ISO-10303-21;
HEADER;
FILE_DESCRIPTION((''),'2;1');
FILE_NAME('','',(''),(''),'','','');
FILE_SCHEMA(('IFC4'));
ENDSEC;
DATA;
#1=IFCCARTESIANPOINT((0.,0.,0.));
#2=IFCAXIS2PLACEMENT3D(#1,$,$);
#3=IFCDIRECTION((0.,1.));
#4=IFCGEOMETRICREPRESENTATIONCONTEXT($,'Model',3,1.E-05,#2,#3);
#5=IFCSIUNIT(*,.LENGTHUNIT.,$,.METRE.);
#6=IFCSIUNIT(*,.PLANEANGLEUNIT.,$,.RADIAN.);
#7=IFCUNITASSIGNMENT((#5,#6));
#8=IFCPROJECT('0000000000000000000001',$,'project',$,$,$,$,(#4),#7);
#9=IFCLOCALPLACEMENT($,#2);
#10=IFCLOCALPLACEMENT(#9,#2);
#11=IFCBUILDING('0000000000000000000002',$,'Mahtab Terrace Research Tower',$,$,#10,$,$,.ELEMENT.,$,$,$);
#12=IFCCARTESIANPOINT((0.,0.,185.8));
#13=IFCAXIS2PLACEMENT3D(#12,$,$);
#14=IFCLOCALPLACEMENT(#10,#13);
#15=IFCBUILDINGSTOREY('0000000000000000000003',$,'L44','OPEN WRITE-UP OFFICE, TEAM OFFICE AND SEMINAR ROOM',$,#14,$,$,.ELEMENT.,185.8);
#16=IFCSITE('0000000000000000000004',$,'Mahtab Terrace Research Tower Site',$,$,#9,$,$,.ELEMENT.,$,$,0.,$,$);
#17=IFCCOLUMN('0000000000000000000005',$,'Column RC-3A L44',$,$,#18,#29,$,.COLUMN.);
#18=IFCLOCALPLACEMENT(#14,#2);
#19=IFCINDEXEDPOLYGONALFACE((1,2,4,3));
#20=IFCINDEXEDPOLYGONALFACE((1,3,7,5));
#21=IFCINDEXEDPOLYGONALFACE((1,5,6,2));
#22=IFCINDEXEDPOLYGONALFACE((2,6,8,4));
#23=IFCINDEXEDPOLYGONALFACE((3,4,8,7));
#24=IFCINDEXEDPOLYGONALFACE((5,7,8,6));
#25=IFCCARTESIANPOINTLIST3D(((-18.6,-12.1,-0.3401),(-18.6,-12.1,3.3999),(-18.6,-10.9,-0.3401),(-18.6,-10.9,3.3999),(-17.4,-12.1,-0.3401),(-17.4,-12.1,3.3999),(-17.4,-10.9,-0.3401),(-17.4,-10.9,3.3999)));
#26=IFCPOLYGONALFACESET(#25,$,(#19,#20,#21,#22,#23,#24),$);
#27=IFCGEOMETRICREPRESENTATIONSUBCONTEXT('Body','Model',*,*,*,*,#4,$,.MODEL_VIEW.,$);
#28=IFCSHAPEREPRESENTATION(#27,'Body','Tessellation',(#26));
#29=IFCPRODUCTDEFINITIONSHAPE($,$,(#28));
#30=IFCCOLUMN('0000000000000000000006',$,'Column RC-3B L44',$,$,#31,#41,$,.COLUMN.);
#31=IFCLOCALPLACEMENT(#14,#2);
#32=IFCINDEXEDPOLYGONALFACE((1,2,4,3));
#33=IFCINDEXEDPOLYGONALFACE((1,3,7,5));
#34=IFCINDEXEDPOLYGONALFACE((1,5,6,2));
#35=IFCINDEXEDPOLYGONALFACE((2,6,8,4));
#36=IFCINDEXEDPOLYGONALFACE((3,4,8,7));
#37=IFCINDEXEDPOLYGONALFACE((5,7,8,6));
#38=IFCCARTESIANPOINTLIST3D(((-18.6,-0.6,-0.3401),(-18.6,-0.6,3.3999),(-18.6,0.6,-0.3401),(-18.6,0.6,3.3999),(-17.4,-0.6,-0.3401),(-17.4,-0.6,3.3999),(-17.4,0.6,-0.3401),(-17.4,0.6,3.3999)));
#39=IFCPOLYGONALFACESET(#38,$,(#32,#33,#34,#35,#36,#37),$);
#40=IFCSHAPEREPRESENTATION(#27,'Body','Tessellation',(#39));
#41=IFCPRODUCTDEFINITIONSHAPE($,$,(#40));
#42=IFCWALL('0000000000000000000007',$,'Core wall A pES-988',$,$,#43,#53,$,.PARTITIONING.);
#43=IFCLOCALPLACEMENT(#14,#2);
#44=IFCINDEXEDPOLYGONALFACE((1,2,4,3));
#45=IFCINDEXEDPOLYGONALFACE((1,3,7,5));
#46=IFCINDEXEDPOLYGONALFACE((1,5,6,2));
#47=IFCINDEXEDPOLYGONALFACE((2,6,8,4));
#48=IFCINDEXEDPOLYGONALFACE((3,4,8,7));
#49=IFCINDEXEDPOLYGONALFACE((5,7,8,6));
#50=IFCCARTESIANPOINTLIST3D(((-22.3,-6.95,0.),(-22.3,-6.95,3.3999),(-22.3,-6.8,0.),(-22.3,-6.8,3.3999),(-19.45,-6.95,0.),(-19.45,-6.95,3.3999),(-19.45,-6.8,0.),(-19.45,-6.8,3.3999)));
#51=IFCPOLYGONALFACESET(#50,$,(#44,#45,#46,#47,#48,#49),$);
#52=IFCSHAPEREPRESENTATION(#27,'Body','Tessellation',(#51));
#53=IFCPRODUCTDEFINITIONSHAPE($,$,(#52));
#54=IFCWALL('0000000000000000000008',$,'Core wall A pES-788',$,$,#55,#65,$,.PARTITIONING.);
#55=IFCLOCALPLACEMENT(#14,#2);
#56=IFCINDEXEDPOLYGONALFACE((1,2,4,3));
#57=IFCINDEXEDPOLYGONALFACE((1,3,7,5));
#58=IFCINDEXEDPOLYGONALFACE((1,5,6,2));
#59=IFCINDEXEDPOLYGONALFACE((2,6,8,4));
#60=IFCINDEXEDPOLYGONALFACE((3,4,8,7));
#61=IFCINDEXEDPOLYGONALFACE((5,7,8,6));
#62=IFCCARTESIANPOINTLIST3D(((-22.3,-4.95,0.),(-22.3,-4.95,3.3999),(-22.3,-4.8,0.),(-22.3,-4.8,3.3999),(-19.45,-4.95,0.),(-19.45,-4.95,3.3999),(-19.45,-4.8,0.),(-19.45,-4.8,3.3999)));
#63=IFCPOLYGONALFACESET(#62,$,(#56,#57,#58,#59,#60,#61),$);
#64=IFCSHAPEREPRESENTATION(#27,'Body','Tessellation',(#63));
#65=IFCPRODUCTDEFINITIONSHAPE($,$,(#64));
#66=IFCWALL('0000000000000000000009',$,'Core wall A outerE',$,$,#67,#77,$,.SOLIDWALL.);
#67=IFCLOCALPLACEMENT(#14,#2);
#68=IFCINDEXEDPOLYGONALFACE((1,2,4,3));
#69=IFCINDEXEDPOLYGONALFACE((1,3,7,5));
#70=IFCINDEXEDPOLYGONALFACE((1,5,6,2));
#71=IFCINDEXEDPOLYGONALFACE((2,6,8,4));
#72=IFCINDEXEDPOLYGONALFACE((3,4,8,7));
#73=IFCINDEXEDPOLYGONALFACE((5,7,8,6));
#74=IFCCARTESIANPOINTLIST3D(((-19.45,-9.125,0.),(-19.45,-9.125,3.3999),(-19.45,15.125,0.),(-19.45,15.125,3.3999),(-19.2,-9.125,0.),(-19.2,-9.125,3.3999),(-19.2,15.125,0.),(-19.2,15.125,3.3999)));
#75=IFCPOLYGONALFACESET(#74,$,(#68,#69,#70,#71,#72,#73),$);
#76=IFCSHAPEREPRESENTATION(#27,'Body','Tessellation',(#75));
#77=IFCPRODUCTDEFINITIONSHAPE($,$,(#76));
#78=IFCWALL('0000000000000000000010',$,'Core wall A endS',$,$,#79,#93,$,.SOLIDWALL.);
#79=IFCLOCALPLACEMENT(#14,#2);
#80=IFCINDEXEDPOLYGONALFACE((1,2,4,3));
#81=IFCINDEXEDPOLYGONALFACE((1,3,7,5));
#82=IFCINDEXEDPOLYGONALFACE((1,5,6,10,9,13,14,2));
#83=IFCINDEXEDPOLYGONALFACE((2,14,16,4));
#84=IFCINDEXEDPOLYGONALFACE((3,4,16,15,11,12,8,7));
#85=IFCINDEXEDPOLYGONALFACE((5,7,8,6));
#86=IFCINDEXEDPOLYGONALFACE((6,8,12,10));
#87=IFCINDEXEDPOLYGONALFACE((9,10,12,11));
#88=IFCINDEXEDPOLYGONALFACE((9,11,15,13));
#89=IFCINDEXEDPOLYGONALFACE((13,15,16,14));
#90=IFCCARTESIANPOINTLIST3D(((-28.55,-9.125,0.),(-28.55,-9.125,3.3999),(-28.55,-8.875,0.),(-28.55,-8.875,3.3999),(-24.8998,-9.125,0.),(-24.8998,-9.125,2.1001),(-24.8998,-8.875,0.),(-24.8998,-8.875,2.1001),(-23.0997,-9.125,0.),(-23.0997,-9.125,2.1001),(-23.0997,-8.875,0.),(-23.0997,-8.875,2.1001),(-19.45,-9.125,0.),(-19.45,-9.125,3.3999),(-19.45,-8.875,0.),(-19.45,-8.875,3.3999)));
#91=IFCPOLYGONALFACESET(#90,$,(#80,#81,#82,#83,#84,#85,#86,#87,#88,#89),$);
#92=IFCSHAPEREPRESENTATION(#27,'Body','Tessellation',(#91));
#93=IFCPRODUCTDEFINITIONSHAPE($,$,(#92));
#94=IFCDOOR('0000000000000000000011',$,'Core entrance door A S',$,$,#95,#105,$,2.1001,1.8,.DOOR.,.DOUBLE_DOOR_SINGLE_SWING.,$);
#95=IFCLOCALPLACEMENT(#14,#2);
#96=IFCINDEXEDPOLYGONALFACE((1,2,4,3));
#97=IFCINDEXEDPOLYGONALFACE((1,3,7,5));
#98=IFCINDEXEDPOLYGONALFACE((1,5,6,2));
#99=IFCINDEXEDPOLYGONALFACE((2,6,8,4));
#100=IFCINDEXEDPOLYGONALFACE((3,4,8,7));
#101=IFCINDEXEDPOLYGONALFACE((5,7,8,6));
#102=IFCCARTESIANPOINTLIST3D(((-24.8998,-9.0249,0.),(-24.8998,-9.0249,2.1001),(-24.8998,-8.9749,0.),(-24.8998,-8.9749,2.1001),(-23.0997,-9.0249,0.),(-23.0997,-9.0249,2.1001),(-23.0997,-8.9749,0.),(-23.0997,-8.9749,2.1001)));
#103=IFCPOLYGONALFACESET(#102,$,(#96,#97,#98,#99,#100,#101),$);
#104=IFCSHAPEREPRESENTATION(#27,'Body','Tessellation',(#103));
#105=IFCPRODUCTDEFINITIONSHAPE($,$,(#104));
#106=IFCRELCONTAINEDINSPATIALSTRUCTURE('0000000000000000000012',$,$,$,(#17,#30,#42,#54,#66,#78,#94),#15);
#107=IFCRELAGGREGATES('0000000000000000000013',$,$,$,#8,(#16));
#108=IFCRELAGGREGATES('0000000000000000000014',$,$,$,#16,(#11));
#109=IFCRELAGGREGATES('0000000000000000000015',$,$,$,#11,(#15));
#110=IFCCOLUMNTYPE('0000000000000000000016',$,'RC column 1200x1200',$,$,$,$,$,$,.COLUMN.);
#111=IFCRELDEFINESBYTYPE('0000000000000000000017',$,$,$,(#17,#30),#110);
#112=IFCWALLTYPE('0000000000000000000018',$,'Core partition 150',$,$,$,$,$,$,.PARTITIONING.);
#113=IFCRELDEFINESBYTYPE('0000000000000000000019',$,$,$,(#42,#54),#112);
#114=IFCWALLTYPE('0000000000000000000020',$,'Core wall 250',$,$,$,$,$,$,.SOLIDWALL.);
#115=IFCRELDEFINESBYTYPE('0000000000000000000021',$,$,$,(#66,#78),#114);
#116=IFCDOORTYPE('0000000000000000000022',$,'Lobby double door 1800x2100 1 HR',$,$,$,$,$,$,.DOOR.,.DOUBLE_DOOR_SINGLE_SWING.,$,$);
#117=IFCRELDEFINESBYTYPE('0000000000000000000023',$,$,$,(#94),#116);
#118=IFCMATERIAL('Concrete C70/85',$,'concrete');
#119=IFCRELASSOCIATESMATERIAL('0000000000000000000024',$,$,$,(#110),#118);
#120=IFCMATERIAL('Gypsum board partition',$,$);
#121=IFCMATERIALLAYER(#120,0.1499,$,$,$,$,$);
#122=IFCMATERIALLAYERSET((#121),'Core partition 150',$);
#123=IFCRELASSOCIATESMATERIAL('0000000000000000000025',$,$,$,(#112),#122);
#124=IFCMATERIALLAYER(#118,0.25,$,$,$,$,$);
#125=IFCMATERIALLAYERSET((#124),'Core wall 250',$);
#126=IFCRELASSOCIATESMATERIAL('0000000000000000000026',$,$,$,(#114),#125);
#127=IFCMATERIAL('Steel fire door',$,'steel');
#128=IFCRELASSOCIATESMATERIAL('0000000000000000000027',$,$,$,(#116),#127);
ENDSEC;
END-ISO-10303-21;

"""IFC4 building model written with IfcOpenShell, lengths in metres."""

from ifc_helpers import new_model, si_unit, direction, frame, frame_2d, origin, origin_2d, place, context, subcontext, project, spatial, rectangle, extrude, material, layer, layer_set, material_profile, profile_set, type_object, element, fill, save


model = new_model("IFC4")

# Units and contexts
model_context = context("Model", 3, precision=1e-05, world=origin(), true_north=direction((0.0, 1.0)))
body_context = subcontext(model_context, "Body", "Model", "MODEL_VIEW")
ifc_project = project(units=[si_unit("LENGTHUNIT", "METRE"), si_unit("PLANEANGLEUNIT", "RADIAN")], contexts=[model_context])

# Site, building, storey
site_placement = place(None, origin())
site = spatial("IfcSite", under=ifc_project, at=site_placement, Name="Mahtab Terrace Research Tower Site", CompositionType="ELEMENT", RefElevation=0.0)
building_placement = place(site_placement, origin())
building = spatial("IfcBuilding", under=site, at=building_placement, Name="Mahtab Terrace Research Tower", CompositionType="ELEMENT")
storey_placement = place(building_placement, frame((0.0, 0.0, 185.8)))
storey = spatial("IfcBuildingStorey", under=building, at=storey_placement, Name="L44", Description="OPEN WRITE-UP OFFICE, TEAM OFFICE AND SEMINAR ROOM", CompositionType="ELEMENT", Elevation=185.8)

# Columns
ifc_material_1 = material(Name="Concrete C70/85", Category="concrete")
ifc_material_profile = material_profile(ifc_material_1, rectangle(XDim=1.2, YDim=1.2, at=origin_2d()), Name="RC column 1200x1200")
ifc_profile_set = profile_set([ifc_material_profile], Name="Concrete C70/85")
column_type = type_object("IfcColumnType", Name="RC column 1200x1200", PredefinedType="COLUMN", material=ifc_profile_set)
for number, where, z_axis, x_axis, name in (
    (1, (-18.0, -11.5, -0.3401), (0.0, 0.0, 1.0), (1.0, 0.0, 0.0), "Column RC-3A L44"),
    (2, (-18.0, 0.0, -0.3401), (0.0, 0.0, 1.0), (1.0, 0.0, 0.0), "Column RC-3B L44"),
):
    element("IfcColumn", number, at=place(storey_placement, frame(where, z_axis=z_axis, x_axis=x_axis)), inside=storey, type_object=column_type, Name=name, PredefinedType="COLUMN", context=body_context, shape_type="SweptSolid", body=[
        extrude(rectangle(XDim=1.2, YDim=1.2, at=origin_2d()), origin(), (0.0, 0.0, 1.0), 3.74),
    ])

# Walls
ifc_material_2 = material(Name="Gypsum board partition")
ifc_layer_1 = layer(ifc_material_2, 0.1499)
ifc_layer_set_1 = layer_set([ifc_layer_1], Name="Core partition 150")
wall_type_1 = type_object("IfcWallType", Name="Core partition 150", PredefinedType="PARTITIONING", material=ifc_layer_set_1)
for number, where, z_axis, x_axis, name in (
    (3, (-22.3, -6.875, 0.0), (0.0, 0.0, 1.0), (1.0, 0.0, 0.0), "Core wall A pES-988"),
    (4, (-22.3, -4.875, 0.0), (0.0, 0.0, 1.0), (1.0, 0.0, 0.0), "Core wall A pES-788"),
):
    element("IfcWall", number, at=place(storey_placement, frame(where, z_axis=z_axis, x_axis=x_axis)), inside=storey, type_object=wall_type_1, Name=name, PredefinedType="PARTITIONING", context=body_context, shape_type="SweptSolid", body=[
        extrude(rectangle(XDim=2.8501, YDim=0.1499, at=frame_2d((1.425, 0.0))), origin(), (0.0, 0.0, 1.0), 3.3999),
    ])
ifc_layer_2 = layer(ifc_material_1, 0.25)
ifc_layer_set_2 = layer_set([ifc_layer_2], Name="Core wall 250")
wall_type_2 = type_object("IfcWallType", Name="Core wall 250", PredefinedType="SOLIDWALL", material=ifc_layer_set_2)
wall_1_placement = place(storey_placement, frame((-19.325, -9.125, 0.0), z_axis=(0.0, 0.0, 1.0), x_axis=(0.0, 1.0, 0.0)))
element("IfcWall", 5, at=wall_1_placement, inside=storey, type_object=wall_type_2, Name="Core wall A outerE", PredefinedType="SOLIDWALL", context=body_context, shape_type="SweptSolid", body=[
    extrude(rectangle(XDim=24.25, YDim=0.25, at=frame_2d((12.125, 0.0))), origin(), (0.0, 0.0, 1.0), 3.3999),
])

# Wall, opening, door
wall_2_placement = place(storey_placement, frame((-19.45, -9.0, 0.0), z_axis=(0.0, 0.0, 1.0), x_axis=(-1.0, 0.0, 0.0)))
wall_2 = element("IfcWall", 6, at=wall_2_placement, inside=storey, type_object=wall_type_2, Name="Core wall A endS", PredefinedType="SOLIDWALL", context=body_context, shape_type="SweptSolid", body=[
    extrude(rectangle(XDim=9.1001, YDim=0.25, at=frame_2d((4.55, 0.0))), origin(), (0.0, 0.0, 1.0), 3.3999),
])
opening_1_placement = place(wall_2_placement, frame((3.6499, 0.0, 0.0)))
opening_1 = element("IfcOpeningElement", 7, at=opening_1_placement, cuts=wall_2, PredefinedType="OPENING", context=body_context, shape_type="SweptSolid", body=[
    extrude(rectangle(XDim=1.8, YDim=2.1001, at=frame_2d((0.8999, 1.05))), frame((0.0, 0.135, 0.0), z_axis=(0.0, -1.0, 0.0), x_axis=(1.0, 0.0, 0.0)), (0.0, 0.0, 1.0), 0.27),
])
ifc_material_3 = material(Name="Steel fire door", Category="steel")
door_type_1 = type_object("IfcDoorType", Name="Lobby double door 1800x2100 1 HR", OperationType="DOUBLE_DOOR_SINGLE_SWING", PredefinedType="DOOR", material=ifc_material_3)
door_1_placement = place(opening_1_placement, origin())
door_1 = element("IfcDoor", 8, at=door_1_placement, inside=storey, type_object=door_type_1, Name="Core entrance door A S", OperationType="DOUBLE_DOOR_SINGLE_SWING", OverallHeight=2.1001, OverallWidth=1.8, PredefinedType="DOOR", context=body_context, shape_type="SweptSolid", body=[
    extrude(rectangle(XDim=1.8, YDim=2.1001, at=frame_2d((0.8999, 1.05))), frame((0.0, 0.0249, 0.0), z_axis=(0.0, -1.0, 0.0), x_axis=(1.0, 0.0, 0.0)), (0.0, 0.0, 1.0), 0.05),
])
fill(opening_1, door_1)

save(model, "model.ifc")
